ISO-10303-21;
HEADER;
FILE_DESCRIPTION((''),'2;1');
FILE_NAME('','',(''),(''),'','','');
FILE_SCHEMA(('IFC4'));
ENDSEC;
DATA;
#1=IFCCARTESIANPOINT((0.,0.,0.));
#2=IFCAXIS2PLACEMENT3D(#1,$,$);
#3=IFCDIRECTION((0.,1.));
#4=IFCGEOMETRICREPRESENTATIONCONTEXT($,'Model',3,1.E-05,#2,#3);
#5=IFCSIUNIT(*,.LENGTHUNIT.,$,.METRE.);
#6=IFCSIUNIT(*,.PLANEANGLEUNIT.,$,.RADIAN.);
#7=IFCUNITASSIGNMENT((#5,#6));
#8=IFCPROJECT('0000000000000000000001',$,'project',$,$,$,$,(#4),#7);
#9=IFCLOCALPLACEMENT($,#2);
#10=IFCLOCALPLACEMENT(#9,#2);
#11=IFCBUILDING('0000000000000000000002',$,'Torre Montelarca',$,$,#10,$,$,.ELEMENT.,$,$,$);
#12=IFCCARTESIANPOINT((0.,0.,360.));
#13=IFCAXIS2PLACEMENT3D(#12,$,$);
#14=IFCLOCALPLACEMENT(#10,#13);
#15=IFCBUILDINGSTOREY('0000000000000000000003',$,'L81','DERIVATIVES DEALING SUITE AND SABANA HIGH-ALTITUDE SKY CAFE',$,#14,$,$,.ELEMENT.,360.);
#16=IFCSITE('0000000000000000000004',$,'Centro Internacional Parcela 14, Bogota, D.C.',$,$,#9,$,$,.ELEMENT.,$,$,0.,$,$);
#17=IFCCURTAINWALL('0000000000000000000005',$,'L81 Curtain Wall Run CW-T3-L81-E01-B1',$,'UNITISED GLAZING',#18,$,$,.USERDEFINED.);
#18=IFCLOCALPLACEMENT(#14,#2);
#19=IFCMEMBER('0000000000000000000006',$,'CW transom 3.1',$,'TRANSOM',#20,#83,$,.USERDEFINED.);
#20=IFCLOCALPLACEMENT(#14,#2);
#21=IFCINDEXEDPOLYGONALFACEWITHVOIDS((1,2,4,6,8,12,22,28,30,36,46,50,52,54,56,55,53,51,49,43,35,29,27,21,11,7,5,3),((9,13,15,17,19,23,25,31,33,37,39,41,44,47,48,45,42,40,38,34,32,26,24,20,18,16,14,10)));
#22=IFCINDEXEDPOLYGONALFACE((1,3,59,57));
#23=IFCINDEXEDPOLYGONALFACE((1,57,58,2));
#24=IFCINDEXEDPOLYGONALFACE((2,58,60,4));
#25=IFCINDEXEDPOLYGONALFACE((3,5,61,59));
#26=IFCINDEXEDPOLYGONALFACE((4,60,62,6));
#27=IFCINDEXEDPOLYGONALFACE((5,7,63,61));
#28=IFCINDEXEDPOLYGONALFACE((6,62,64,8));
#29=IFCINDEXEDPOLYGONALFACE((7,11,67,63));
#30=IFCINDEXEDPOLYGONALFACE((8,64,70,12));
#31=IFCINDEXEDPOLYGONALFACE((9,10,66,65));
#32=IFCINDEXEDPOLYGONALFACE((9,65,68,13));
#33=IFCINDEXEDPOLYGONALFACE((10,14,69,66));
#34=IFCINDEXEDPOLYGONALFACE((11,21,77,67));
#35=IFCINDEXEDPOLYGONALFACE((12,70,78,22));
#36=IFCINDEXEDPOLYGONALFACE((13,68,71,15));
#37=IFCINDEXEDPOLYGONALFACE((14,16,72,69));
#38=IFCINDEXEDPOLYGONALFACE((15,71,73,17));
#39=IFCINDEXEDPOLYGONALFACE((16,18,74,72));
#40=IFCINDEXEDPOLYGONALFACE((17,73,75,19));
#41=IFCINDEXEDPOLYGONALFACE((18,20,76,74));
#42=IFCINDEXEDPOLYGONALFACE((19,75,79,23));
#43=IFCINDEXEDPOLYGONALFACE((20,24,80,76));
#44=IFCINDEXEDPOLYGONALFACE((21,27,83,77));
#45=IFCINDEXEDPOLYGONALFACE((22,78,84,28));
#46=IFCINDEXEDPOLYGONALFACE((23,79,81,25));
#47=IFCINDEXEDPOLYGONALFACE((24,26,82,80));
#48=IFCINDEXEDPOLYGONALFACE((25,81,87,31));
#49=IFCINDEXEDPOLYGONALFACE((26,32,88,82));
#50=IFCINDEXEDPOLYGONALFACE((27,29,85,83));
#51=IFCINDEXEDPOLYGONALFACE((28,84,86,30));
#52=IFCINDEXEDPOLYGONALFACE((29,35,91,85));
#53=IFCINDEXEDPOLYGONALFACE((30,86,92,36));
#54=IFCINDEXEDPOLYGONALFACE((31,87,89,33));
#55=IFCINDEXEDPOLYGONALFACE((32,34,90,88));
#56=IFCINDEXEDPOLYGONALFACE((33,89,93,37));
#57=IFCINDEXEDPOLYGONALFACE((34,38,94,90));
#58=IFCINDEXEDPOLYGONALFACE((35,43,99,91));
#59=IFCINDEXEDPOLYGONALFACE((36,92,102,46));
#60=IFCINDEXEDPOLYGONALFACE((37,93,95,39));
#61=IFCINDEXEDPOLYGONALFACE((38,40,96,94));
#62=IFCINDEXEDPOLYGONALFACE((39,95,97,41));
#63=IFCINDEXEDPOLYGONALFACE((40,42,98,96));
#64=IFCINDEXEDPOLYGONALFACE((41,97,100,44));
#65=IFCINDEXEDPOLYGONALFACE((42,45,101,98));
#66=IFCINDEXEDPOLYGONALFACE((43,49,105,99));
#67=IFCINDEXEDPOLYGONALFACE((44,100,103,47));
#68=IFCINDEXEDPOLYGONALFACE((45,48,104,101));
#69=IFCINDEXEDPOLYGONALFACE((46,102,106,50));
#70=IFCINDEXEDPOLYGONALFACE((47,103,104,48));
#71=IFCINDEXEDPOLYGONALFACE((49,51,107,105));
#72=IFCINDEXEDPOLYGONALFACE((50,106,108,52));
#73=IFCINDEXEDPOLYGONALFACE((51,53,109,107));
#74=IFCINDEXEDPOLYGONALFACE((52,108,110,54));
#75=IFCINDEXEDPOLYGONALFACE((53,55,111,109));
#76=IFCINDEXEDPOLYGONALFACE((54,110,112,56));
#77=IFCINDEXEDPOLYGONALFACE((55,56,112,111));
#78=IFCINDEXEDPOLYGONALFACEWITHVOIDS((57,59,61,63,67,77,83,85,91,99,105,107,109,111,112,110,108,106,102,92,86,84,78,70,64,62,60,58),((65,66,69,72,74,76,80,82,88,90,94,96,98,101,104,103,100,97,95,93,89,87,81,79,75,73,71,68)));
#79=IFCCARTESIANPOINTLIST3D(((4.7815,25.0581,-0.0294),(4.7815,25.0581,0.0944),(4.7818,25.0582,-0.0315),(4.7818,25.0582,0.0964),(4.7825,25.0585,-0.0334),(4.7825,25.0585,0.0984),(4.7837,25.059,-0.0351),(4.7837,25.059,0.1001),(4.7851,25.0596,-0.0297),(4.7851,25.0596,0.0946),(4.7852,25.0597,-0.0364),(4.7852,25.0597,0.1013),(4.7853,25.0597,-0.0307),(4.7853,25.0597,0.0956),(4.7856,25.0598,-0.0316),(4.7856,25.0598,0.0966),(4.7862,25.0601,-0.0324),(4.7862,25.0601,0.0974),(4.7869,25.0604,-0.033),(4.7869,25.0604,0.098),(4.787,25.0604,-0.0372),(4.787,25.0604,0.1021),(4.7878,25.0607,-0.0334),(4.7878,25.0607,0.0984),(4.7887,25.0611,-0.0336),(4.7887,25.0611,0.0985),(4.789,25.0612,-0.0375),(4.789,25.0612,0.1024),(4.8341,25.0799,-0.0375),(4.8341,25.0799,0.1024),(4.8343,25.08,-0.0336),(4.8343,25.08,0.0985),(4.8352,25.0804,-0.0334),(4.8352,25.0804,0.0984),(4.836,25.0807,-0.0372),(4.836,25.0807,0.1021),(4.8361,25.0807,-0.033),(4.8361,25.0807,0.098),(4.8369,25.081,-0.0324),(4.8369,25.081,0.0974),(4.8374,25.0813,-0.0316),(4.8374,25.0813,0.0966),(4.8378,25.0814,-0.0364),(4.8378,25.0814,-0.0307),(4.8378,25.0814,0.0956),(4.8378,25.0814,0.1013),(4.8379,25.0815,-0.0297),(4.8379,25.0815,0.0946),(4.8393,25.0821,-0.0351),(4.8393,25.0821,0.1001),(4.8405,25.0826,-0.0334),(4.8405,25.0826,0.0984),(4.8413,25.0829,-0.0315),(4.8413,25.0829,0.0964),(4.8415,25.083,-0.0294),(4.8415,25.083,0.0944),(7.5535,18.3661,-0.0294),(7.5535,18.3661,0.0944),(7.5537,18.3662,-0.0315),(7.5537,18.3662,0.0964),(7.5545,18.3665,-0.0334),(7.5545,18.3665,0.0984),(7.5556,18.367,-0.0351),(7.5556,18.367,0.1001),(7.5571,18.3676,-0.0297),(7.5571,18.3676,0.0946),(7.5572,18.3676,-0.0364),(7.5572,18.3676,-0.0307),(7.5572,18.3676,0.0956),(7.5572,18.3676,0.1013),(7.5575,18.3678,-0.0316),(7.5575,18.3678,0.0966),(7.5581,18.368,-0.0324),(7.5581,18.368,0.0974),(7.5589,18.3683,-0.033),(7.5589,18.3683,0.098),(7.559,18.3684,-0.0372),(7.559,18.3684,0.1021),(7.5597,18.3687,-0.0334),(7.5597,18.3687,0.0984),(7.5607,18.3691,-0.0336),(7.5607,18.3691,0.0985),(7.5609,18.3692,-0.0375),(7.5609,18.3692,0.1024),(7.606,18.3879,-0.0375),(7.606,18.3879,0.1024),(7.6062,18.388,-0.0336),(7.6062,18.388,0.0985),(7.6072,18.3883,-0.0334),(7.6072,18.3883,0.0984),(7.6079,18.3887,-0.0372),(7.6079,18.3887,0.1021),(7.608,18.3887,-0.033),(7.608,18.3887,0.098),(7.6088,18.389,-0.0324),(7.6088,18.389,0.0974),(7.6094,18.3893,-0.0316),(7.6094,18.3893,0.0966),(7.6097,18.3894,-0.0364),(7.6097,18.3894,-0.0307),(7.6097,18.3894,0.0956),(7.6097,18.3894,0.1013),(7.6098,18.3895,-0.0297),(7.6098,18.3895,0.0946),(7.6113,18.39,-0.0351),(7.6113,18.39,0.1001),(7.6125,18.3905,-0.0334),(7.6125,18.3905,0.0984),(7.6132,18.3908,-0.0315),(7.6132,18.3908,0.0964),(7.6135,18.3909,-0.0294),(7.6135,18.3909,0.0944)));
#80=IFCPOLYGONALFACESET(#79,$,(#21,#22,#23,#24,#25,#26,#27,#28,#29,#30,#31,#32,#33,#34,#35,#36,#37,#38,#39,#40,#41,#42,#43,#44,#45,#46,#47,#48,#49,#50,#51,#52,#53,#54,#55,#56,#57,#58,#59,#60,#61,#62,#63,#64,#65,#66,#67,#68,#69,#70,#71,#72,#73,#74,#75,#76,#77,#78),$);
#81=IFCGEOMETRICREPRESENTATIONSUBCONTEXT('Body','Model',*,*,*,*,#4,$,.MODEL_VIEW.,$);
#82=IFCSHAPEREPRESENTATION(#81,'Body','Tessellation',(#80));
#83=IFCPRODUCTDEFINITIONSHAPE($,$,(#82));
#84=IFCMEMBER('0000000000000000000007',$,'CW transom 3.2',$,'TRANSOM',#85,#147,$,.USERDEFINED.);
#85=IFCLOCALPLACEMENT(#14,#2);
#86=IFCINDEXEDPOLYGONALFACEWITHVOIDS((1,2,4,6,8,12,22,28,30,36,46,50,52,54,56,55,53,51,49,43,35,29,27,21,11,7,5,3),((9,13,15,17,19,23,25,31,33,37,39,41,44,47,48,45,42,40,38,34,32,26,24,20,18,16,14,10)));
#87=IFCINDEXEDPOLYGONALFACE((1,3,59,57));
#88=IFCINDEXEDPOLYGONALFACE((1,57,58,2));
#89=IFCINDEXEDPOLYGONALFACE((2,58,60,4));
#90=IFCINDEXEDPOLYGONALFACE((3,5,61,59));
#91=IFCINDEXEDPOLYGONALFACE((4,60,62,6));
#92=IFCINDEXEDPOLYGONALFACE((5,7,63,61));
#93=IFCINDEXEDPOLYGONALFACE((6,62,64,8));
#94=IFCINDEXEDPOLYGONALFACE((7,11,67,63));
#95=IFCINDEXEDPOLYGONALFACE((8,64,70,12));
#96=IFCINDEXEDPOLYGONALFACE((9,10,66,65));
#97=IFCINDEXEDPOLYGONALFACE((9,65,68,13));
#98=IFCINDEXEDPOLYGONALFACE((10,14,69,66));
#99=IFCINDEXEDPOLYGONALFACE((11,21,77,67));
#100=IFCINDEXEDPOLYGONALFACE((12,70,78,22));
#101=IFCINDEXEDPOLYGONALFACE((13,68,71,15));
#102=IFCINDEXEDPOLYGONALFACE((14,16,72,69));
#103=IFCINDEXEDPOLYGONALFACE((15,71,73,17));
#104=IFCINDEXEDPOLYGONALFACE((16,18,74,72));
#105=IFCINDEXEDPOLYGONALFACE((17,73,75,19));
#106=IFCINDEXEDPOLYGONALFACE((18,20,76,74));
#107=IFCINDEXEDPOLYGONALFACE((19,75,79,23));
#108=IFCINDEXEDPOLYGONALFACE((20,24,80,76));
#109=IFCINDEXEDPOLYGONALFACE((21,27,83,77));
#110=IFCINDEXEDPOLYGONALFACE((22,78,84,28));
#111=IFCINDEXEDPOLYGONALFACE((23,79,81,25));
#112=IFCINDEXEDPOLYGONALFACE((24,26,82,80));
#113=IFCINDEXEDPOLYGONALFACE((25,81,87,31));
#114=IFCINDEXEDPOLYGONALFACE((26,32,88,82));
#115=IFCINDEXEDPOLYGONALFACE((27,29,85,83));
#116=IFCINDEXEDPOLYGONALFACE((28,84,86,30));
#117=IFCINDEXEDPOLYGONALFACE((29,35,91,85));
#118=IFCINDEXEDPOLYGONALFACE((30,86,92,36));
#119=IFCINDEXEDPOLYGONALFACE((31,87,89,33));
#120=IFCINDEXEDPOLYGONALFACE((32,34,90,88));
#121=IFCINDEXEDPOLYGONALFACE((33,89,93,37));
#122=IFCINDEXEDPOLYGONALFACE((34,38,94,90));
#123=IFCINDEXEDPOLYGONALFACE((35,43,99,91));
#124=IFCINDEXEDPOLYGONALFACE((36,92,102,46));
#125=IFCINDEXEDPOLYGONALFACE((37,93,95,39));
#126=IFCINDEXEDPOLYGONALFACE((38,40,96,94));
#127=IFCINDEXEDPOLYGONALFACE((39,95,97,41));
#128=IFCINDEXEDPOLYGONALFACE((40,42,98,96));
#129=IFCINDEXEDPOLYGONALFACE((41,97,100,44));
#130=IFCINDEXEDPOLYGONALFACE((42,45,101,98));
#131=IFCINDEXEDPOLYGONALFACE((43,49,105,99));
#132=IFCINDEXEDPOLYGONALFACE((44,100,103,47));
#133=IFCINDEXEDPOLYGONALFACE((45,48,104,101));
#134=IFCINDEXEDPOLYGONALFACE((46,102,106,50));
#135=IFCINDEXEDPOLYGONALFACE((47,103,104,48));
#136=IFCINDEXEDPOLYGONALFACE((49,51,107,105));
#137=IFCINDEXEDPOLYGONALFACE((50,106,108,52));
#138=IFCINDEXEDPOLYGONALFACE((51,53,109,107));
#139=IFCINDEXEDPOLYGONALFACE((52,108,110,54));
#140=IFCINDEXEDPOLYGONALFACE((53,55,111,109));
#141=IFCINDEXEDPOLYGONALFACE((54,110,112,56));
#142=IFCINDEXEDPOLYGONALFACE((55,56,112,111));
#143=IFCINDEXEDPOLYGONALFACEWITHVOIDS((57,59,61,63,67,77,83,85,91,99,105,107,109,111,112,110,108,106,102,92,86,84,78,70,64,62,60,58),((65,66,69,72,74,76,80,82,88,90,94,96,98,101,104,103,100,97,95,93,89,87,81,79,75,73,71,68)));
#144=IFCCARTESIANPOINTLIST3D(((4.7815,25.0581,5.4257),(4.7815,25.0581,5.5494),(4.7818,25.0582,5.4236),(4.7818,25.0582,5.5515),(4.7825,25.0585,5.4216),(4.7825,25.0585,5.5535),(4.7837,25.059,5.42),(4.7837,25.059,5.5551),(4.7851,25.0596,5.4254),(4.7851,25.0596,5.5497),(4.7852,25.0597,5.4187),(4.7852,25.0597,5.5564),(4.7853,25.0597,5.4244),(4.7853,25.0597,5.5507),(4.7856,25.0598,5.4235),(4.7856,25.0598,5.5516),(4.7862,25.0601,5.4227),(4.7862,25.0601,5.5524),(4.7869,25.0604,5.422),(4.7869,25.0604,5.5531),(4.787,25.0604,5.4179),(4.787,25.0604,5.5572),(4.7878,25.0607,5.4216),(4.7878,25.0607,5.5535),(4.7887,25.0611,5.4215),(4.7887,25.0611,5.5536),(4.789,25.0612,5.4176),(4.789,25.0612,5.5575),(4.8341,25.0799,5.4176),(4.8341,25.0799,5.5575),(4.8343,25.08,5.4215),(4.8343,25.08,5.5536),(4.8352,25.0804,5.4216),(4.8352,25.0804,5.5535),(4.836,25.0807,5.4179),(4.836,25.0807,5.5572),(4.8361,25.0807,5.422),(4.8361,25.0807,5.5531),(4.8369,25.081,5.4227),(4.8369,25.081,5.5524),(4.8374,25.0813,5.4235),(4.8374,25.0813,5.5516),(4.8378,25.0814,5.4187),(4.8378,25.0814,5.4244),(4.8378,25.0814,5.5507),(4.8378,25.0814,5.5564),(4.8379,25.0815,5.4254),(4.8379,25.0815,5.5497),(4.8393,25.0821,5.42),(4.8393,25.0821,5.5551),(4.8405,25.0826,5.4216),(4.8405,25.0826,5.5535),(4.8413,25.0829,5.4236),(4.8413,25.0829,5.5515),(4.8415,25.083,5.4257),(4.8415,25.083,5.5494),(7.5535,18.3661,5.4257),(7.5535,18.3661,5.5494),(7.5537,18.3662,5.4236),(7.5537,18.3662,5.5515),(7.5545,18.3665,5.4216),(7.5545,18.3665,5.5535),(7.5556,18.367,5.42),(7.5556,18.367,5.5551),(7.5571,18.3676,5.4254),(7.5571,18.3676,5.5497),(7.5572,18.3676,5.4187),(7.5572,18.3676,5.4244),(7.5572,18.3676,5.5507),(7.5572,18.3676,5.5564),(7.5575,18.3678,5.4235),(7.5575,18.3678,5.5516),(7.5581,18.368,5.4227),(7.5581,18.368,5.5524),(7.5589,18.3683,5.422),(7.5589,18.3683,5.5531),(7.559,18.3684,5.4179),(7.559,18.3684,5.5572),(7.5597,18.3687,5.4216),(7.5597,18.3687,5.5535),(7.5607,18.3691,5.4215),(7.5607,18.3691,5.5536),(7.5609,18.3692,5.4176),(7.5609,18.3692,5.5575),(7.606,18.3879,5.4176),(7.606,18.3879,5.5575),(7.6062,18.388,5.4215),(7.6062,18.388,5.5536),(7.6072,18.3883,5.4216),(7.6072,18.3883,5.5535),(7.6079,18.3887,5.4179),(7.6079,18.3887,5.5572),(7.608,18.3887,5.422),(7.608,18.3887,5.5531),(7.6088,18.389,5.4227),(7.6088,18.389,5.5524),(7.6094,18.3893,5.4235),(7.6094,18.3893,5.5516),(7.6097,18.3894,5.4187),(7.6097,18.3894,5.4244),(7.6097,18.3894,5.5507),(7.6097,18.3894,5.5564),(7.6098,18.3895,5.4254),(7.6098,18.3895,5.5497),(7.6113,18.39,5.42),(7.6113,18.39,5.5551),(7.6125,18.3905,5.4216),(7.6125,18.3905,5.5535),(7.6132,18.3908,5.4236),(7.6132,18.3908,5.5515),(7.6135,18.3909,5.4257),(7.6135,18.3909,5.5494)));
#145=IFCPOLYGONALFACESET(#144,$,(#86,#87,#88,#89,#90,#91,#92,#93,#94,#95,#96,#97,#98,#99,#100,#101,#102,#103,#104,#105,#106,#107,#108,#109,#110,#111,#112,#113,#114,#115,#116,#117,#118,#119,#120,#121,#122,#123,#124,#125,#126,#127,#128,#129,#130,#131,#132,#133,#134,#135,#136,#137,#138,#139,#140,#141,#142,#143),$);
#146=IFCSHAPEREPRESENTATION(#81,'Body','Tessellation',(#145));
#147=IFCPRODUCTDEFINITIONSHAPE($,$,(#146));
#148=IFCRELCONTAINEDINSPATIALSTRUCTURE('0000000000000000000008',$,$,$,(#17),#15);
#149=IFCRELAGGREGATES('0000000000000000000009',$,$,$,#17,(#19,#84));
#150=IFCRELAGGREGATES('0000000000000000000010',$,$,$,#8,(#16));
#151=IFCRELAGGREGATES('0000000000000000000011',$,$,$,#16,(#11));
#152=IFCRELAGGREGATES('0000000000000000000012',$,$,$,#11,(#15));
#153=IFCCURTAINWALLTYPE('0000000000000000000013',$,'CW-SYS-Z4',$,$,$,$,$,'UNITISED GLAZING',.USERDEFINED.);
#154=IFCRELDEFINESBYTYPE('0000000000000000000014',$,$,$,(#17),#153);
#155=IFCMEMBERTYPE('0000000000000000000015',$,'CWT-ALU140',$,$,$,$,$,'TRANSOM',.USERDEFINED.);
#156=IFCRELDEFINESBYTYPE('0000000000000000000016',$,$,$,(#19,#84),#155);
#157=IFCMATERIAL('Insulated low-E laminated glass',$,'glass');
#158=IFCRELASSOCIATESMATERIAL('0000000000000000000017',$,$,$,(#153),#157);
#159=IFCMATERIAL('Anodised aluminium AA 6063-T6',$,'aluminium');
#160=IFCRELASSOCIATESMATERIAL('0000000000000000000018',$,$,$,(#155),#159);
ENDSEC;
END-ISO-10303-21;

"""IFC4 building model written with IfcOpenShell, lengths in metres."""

from ifc_helpers import new_model, si_unit, direction, frame, origin, origin_2d, place, context, subcontext, project, spatial, hollow_rectangle, extrude, source, transform, mapped, material, material_profile, profile_set, type_object, element, aggregate, save


model = new_model("IFC4")

# Units and contexts
model_context = context("Model", 3, precision=1e-05, world=origin(), true_north=direction((0.0, 1.0)))
body_context = subcontext(model_context, "Body", "Model", "MODEL_VIEW")
ifc_project = project(units=[si_unit("LENGTHUNIT", "METRE"), si_unit("PLANEANGLEUNIT", "RADIAN")], contexts=[model_context])

# Site, building, storey
site_placement = place(None, origin())
site = spatial("IfcSite", under=ifc_project, at=site_placement, Name="Centro Internacional Parcela 14, Bogota, D.C.", CompositionType="ELEMENT", RefElevation=0.0)
building_placement = place(site_placement, origin())
building = spatial("IfcBuilding", under=site, at=building_placement, Name="Torre Montelarca", CompositionType="ELEMENT")
storey_placement = place(building_placement, frame((0.0, 0.0, 360.0)))
storey = spatial("IfcBuildingStorey", under=building, at=storey_placement, Name="L81", Description="DERIVATIVES DEALING SUITE AND SABANA HIGH-ALTITUDE SKY CAFE", CompositionType="ELEMENT", Elevation=360.0)

# Curtain wall, members
ifc_material_1 = material(Name="Insulated low-E laminated glass", Category="glass")
curtain_wall_type = type_object("IfcCurtainWallType", Name="CW-SYS-Z4", ElementType="UNITISED GLAZING", PredefinedType="USERDEFINED", material=ifc_material_1)
curtain_wall_placement = place(storey_placement, origin())
curtain_wall = element("IfcCurtainWall", 1, at=curtain_wall_placement, inside=storey, type_object=curtain_wall_type, Name="L81 Curtain Wall Run CW-T3-L81-E01-B1", ObjectType="UNITISED GLAZING", PredefinedType="USERDEFINED")
ifc_material_2 = material(Name="Anodised aluminium AA 6063-T6", Category="aluminium")
ifc_material_profile_1 = material_profile(ifc_material_2, hollow_rectangle(XDim=0.0649, YDim=0.1399, WallThickness=0.0039, InnerFilletRadius=0.0039, OuterFilletRadius=0.0081, at=origin_2d()), Name="ALU65X140X4", Category="aluminium")
ifc_profile_set_1 = profile_set([ifc_material_profile_1], Name="Anodised aluminium AA 6063-T6")
member_type_1 = type_object("IfcMemberType", Name="CWT-ALU140", ElementType="TRANSOM", PredefinedType="USERDEFINED", material=ifc_profile_set_1)
shared_shape_1 = source(origin(), body_context, "Body", "SweptSolid", [
    extrude(hollow_rectangle(XDim=0.0649, YDim=0.1399, WallThickness=0.0039, InnerFilletRadius=0.0039, OuterFilletRadius=0.0081, at=origin_2d()), origin(), (0.0, 0.0, 1.0), 7.2434),
])
member_1_placement = place(storey_placement, frame((4.8115, 25.0706, 0.0325), z_axis=(0.382683, -0.92388, 0.0), x_axis=(0.92388, 0.382683, 0.0)))
member_1 = element("IfcMember", 2, at=member_1_placement, type_object=member_type_1, Name="CW transom 3.1", ObjectType="TRANSOM", PredefinedType="USERDEFINED", context=body_context, shape_type="MappedRepresentation", body=[
    mapped(shared_shape_1, transform((0.0, 0.0, 0.0), scale=1.0)),
])
member_2_placement = place(storey_placement, frame((4.8115, 25.0706, 5.4875), z_axis=(0.382683, -0.92388, 0.0), x_axis=(0.92388, 0.382683, 0.0)))
member_2 = element("IfcMember", 3, at=member_2_placement, type_object=member_type_1, Name="CW transom 3.2", ObjectType="TRANSOM", PredefinedType="USERDEFINED", context=body_context, shape_type="MappedRepresentation", body=[
    mapped(shared_shape_1, transform((0.0, 0.0, 0.0), scale=1.0)),
])
aggregate(curtain_wall, [member_1, member_2])

save(model, "model.ifc")
